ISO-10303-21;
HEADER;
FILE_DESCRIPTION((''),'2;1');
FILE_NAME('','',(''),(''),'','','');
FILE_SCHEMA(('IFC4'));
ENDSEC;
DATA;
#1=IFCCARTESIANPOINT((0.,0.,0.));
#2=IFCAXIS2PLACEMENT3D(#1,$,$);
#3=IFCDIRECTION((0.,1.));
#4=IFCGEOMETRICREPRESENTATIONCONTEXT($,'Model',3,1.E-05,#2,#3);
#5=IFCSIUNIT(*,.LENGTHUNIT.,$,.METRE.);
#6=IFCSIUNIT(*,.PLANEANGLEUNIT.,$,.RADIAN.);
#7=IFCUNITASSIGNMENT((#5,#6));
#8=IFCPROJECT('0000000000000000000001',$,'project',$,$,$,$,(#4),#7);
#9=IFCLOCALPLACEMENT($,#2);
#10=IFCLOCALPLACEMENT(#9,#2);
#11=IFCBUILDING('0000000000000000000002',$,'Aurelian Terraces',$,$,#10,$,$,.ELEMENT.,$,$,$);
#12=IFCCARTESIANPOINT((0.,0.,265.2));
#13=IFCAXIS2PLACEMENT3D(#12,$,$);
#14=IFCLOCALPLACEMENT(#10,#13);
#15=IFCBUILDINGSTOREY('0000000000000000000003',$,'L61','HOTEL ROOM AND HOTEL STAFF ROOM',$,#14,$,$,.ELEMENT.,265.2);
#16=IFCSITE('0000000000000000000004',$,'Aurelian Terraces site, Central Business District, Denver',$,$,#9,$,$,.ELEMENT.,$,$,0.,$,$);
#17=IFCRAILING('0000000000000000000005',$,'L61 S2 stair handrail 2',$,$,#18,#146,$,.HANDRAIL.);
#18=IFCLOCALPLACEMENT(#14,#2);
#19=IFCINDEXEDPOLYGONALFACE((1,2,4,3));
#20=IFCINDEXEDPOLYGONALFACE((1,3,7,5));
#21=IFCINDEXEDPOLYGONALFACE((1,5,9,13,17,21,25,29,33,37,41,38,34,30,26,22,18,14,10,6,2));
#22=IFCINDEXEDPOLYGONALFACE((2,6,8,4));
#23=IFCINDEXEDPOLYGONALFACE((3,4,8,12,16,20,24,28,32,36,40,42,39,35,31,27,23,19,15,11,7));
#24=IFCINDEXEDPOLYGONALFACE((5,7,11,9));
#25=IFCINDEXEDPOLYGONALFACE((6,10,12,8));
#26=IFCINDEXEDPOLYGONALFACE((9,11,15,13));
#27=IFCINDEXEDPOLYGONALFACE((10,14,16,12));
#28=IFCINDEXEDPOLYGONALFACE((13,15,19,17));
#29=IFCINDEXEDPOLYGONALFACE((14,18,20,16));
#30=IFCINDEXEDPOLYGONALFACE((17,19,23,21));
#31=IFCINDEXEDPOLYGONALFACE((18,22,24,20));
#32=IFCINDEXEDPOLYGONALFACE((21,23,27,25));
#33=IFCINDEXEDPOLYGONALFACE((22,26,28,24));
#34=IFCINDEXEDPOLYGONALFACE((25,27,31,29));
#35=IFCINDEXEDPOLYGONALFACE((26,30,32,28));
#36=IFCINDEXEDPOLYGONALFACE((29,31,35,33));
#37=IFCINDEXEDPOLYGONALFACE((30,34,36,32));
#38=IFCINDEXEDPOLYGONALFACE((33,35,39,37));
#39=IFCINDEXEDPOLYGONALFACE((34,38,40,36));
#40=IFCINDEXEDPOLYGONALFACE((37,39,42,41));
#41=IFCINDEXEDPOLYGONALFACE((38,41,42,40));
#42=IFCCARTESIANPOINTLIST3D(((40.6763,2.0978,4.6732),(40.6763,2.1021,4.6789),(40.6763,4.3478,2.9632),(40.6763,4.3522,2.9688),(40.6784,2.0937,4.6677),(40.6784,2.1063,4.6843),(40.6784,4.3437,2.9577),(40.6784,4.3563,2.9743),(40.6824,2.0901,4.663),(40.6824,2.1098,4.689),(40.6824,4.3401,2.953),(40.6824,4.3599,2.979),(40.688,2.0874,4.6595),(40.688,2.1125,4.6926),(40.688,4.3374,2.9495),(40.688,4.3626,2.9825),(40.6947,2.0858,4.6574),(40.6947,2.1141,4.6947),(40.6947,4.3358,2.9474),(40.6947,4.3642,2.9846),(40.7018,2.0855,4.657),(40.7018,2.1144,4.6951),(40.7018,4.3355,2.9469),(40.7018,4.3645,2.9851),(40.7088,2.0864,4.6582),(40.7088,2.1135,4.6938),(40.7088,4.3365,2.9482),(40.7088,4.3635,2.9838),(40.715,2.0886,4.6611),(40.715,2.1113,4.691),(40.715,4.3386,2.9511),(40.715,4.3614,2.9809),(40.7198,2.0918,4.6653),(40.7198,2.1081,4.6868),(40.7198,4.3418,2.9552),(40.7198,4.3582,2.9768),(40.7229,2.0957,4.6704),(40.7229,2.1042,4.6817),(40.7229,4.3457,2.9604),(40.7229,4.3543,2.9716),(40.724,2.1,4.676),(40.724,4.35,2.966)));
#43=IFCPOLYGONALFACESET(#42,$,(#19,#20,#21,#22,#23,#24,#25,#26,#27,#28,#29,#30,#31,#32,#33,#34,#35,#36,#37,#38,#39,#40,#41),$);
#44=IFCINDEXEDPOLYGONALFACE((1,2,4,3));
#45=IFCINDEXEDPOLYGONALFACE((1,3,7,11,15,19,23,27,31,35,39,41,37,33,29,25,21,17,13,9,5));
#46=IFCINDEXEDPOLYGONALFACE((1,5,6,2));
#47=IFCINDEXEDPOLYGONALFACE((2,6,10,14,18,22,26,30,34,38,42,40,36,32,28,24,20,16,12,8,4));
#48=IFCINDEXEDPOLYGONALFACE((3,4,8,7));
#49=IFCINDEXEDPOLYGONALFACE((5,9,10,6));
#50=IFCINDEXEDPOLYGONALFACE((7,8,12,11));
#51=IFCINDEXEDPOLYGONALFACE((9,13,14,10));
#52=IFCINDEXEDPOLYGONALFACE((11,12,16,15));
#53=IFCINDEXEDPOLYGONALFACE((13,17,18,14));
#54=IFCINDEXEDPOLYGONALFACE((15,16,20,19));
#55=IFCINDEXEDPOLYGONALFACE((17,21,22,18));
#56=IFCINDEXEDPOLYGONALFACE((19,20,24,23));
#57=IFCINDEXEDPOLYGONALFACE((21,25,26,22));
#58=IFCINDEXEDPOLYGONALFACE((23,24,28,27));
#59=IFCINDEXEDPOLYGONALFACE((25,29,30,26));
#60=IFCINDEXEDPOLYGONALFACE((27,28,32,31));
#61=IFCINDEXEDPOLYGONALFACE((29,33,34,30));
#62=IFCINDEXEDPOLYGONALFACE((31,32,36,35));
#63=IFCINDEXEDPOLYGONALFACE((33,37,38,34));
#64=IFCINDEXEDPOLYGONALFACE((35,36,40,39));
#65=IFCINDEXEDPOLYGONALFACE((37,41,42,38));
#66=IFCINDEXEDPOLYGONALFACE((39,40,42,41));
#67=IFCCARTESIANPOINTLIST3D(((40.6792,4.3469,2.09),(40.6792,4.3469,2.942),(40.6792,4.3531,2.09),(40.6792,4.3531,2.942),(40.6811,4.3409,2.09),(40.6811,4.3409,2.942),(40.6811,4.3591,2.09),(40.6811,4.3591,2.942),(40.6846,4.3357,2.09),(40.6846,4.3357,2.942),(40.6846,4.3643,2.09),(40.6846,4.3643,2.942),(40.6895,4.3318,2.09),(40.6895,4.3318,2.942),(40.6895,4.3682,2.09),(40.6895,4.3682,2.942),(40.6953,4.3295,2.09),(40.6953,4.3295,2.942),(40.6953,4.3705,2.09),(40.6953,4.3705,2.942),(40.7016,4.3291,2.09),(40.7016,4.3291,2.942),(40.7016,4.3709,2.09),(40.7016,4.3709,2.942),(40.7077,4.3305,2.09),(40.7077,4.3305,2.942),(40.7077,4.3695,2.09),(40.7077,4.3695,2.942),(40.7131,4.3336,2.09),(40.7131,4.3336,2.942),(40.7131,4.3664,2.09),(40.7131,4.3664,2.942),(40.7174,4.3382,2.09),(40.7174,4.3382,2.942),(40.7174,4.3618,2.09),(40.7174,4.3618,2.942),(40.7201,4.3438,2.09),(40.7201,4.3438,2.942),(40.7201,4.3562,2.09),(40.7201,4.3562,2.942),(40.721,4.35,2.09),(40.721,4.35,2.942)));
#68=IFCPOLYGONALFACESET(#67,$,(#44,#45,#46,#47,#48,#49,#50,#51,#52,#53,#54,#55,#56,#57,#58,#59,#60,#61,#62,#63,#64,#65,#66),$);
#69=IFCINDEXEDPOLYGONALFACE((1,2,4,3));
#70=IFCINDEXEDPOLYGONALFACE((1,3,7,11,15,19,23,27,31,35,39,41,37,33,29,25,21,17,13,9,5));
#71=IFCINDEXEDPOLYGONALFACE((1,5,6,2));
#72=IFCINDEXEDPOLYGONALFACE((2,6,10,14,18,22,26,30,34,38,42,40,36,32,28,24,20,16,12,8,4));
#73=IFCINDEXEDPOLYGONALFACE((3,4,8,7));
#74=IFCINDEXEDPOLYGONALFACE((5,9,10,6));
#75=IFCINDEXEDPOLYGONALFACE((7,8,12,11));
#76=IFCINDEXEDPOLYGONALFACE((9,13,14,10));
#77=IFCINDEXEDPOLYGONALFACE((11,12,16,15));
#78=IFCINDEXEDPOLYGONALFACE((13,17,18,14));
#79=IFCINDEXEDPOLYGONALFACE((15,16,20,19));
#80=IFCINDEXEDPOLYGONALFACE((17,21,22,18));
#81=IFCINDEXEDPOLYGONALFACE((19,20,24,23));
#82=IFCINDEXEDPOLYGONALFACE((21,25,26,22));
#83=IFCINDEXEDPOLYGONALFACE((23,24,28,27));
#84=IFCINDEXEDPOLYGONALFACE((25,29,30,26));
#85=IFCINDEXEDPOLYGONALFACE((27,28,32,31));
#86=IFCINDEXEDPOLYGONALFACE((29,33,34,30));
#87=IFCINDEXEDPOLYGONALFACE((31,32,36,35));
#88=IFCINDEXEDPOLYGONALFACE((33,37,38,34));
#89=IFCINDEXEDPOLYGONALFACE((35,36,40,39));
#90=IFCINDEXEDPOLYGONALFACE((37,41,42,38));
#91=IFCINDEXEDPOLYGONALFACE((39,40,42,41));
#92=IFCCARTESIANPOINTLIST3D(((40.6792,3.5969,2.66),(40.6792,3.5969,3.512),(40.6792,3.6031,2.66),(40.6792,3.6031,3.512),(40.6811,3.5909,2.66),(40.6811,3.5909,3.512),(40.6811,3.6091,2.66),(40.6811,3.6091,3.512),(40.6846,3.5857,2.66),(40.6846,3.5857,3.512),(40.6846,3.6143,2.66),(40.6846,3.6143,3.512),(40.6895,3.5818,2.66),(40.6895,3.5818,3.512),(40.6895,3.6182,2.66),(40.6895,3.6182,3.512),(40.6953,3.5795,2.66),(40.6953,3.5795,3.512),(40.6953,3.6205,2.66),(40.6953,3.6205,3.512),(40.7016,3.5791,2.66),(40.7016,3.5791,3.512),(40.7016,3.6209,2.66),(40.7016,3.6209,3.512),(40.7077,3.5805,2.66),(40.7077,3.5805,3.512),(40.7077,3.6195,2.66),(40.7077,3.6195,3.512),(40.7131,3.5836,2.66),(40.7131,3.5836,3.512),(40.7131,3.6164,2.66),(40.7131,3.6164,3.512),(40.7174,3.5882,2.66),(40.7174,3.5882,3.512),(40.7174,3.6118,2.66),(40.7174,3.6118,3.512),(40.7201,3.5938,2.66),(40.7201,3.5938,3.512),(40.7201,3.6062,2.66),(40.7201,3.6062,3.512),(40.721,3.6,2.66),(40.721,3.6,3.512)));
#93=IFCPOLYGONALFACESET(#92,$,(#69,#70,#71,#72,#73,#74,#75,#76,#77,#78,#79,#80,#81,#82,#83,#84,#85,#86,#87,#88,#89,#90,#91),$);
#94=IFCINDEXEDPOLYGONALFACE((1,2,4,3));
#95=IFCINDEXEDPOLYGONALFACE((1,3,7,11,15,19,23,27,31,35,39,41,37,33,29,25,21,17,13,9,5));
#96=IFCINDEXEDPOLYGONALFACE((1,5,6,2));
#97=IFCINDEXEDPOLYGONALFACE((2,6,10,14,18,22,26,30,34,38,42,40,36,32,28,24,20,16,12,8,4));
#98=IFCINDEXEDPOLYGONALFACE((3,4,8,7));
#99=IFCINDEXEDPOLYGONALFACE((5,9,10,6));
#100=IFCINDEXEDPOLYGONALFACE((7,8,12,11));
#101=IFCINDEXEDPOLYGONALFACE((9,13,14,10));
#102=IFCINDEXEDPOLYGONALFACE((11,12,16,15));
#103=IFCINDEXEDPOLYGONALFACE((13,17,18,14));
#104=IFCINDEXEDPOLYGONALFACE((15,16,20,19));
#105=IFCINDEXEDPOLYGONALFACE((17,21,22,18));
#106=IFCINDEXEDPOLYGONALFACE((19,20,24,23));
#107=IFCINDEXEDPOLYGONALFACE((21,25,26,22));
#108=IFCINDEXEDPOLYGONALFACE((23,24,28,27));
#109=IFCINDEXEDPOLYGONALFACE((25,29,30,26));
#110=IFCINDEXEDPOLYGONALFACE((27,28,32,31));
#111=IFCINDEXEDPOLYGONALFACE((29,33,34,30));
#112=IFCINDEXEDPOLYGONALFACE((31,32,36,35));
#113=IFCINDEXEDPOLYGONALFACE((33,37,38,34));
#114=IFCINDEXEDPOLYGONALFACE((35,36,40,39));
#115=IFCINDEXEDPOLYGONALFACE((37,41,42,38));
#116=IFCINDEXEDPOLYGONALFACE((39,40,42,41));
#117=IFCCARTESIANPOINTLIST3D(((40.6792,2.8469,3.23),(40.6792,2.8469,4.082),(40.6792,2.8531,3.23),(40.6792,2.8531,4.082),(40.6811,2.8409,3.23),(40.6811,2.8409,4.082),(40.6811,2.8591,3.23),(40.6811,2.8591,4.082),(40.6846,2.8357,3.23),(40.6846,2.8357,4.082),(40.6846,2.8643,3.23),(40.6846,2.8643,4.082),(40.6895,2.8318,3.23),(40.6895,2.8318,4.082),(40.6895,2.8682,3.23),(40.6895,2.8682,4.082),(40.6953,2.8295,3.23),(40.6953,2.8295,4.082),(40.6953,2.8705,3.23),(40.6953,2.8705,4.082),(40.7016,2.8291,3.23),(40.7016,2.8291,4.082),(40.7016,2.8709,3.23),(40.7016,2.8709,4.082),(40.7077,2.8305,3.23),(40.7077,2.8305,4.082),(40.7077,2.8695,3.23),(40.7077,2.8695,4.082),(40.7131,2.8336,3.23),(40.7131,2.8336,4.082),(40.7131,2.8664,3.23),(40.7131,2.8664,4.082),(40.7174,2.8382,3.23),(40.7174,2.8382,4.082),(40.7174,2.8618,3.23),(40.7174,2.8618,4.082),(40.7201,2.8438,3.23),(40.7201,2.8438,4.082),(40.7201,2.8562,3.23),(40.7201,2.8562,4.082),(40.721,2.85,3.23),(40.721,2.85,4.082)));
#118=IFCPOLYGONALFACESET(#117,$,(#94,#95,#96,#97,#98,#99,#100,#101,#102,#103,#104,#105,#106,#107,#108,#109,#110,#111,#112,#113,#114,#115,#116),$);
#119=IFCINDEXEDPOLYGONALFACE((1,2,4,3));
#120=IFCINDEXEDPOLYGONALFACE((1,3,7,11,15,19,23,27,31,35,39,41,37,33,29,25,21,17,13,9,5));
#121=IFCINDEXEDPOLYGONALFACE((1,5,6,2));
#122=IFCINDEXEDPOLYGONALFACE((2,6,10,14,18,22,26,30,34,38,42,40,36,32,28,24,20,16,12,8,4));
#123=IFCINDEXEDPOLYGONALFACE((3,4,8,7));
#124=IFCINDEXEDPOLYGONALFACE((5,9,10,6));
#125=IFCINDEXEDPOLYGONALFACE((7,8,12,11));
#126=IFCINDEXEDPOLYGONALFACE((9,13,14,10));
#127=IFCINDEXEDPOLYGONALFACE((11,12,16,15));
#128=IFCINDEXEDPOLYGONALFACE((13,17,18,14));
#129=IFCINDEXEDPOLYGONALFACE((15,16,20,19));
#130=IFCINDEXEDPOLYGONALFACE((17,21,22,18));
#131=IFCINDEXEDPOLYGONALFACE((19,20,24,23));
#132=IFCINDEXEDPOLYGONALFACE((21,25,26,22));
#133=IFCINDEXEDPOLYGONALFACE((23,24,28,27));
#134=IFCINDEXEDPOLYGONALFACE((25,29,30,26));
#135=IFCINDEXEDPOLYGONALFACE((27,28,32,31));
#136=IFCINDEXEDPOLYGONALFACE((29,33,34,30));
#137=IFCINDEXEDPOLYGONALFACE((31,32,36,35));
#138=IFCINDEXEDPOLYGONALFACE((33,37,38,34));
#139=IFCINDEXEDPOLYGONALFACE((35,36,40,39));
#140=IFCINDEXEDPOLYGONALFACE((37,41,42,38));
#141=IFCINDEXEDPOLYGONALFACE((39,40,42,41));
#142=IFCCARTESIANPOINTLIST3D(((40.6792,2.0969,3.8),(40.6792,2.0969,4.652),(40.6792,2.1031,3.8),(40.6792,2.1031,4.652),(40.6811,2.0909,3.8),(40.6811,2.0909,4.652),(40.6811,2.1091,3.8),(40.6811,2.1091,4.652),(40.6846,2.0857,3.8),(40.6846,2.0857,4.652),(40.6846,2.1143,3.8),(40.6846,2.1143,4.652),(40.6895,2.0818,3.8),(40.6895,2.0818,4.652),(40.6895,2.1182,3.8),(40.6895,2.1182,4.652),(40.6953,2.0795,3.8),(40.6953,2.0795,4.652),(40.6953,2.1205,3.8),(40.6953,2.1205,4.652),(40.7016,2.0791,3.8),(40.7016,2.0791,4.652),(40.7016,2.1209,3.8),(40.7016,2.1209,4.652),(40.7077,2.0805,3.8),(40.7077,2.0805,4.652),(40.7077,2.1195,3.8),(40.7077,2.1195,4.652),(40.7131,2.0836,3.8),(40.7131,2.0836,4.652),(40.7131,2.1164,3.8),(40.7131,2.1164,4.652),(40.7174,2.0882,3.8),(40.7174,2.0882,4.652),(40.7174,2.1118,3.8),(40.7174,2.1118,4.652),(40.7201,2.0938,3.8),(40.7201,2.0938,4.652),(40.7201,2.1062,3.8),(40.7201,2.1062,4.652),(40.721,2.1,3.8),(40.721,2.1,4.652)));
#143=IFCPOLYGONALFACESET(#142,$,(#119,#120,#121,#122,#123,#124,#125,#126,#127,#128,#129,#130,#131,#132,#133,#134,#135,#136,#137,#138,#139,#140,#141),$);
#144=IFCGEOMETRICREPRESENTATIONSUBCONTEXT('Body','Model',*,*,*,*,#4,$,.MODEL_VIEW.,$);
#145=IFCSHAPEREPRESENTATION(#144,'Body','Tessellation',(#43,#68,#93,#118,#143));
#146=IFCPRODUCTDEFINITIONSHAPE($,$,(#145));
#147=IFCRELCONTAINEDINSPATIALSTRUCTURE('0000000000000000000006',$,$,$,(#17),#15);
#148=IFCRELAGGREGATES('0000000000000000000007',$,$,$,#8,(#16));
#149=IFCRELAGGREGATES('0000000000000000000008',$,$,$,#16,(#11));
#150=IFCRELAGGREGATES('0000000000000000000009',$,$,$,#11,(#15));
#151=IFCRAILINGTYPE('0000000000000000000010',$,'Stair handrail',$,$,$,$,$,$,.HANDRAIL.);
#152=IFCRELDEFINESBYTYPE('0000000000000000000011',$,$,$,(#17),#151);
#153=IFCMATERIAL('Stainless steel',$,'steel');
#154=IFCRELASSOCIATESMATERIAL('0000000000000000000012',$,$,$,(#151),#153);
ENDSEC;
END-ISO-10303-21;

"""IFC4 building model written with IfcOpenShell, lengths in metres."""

from ifc_helpers import new_model, si_unit, direction, frame, origin, origin_2d, place, context, subcontext, project, spatial, circle, extrude, source, transform, mapped, material, type_object, element, save


model = new_model("IFC4")

# Units and contexts
model_context = context("Model", 3, precision=1e-05, world=origin(), true_north=direction((0.0, 1.0)))
body_context = subcontext(model_context, "Body", "Model", "MODEL_VIEW")
ifc_project = project(units=[si_unit("LENGTHUNIT", "METRE"), si_unit("PLANEANGLEUNIT", "RADIAN")], contexts=[model_context])

# Site, building, storey
site_placement = place(None, origin())
site = spatial("IfcSite", under=ifc_project, at=site_placement, Name="Aurelian Terraces site, Central Business District, Denver", CompositionType="ELEMENT", RefElevation=0.0)
building_placement = place(site_placement, origin())
building = spatial("IfcBuilding", under=site, at=building_placement, Name="Aurelian Terraces", CompositionType="ELEMENT")
storey_placement = place(building_placement, frame((0.0, 0.0, 265.2)))
storey = spatial("IfcBuildingStorey", under=building, at=storey_placement, Name="L61", Description="HOTEL ROOM AND HOTEL STAFF ROOM", CompositionType="ELEMENT", Elevation=265.2)

# Railing
ifc_material_1 = material(Name="Stainless steel", Category="steel")
railing_type_1 = type_object("IfcRailingType", Name="Stair handrail", PredefinedType="HANDRAIL", material=ifc_material_1)
shared_shape_1 = source(origin(), body_context, "Body", "SweptSolid", [
    extrude(circle(Radius=0.024, at=origin_2d()), frame((0.0, 0.0, 0.876), z_axis=(0.0, -0.796162, 0.605083), x_axis=(1.0, 0.0, 0.0)), (0.0, 0.0, 1.0), 2.8261),
    extrude(circle(Radius=0.021, at=origin_2d()), origin(), (0.0, 0.0, 1.0), 0.852),
    extrude(circle(Radius=0.021, at=origin_2d()), frame((0.0, -0.75, 0.57)), (0.0, 0.0, 1.0), 0.852),
    extrude(circle(Radius=0.021, at=origin_2d()), frame((0.0, -1.5, 1.14)), (0.0, 0.0, 1.0), 0.852),
    extrude(circle(Radius=0.021, at=origin_2d()), frame((0.0, -2.25, 1.71)), (0.0, 0.0, 1.0), 0.852),
])
railing_1_placement = place(storey_placement, frame((40.7, 4.35, 2.09)))
element("IfcRailing", 1, at=railing_1_placement, inside=storey, type_object=railing_type_1, Name="L61 S2 stair handrail 2", PredefinedType="HANDRAIL", context=body_context, shape_type="MappedRepresentation", body=[
    mapped(shared_shape_1, transform((0.0, 0.0, 0.0), scale=1.0)),
])

save(model, "model.ifc")
